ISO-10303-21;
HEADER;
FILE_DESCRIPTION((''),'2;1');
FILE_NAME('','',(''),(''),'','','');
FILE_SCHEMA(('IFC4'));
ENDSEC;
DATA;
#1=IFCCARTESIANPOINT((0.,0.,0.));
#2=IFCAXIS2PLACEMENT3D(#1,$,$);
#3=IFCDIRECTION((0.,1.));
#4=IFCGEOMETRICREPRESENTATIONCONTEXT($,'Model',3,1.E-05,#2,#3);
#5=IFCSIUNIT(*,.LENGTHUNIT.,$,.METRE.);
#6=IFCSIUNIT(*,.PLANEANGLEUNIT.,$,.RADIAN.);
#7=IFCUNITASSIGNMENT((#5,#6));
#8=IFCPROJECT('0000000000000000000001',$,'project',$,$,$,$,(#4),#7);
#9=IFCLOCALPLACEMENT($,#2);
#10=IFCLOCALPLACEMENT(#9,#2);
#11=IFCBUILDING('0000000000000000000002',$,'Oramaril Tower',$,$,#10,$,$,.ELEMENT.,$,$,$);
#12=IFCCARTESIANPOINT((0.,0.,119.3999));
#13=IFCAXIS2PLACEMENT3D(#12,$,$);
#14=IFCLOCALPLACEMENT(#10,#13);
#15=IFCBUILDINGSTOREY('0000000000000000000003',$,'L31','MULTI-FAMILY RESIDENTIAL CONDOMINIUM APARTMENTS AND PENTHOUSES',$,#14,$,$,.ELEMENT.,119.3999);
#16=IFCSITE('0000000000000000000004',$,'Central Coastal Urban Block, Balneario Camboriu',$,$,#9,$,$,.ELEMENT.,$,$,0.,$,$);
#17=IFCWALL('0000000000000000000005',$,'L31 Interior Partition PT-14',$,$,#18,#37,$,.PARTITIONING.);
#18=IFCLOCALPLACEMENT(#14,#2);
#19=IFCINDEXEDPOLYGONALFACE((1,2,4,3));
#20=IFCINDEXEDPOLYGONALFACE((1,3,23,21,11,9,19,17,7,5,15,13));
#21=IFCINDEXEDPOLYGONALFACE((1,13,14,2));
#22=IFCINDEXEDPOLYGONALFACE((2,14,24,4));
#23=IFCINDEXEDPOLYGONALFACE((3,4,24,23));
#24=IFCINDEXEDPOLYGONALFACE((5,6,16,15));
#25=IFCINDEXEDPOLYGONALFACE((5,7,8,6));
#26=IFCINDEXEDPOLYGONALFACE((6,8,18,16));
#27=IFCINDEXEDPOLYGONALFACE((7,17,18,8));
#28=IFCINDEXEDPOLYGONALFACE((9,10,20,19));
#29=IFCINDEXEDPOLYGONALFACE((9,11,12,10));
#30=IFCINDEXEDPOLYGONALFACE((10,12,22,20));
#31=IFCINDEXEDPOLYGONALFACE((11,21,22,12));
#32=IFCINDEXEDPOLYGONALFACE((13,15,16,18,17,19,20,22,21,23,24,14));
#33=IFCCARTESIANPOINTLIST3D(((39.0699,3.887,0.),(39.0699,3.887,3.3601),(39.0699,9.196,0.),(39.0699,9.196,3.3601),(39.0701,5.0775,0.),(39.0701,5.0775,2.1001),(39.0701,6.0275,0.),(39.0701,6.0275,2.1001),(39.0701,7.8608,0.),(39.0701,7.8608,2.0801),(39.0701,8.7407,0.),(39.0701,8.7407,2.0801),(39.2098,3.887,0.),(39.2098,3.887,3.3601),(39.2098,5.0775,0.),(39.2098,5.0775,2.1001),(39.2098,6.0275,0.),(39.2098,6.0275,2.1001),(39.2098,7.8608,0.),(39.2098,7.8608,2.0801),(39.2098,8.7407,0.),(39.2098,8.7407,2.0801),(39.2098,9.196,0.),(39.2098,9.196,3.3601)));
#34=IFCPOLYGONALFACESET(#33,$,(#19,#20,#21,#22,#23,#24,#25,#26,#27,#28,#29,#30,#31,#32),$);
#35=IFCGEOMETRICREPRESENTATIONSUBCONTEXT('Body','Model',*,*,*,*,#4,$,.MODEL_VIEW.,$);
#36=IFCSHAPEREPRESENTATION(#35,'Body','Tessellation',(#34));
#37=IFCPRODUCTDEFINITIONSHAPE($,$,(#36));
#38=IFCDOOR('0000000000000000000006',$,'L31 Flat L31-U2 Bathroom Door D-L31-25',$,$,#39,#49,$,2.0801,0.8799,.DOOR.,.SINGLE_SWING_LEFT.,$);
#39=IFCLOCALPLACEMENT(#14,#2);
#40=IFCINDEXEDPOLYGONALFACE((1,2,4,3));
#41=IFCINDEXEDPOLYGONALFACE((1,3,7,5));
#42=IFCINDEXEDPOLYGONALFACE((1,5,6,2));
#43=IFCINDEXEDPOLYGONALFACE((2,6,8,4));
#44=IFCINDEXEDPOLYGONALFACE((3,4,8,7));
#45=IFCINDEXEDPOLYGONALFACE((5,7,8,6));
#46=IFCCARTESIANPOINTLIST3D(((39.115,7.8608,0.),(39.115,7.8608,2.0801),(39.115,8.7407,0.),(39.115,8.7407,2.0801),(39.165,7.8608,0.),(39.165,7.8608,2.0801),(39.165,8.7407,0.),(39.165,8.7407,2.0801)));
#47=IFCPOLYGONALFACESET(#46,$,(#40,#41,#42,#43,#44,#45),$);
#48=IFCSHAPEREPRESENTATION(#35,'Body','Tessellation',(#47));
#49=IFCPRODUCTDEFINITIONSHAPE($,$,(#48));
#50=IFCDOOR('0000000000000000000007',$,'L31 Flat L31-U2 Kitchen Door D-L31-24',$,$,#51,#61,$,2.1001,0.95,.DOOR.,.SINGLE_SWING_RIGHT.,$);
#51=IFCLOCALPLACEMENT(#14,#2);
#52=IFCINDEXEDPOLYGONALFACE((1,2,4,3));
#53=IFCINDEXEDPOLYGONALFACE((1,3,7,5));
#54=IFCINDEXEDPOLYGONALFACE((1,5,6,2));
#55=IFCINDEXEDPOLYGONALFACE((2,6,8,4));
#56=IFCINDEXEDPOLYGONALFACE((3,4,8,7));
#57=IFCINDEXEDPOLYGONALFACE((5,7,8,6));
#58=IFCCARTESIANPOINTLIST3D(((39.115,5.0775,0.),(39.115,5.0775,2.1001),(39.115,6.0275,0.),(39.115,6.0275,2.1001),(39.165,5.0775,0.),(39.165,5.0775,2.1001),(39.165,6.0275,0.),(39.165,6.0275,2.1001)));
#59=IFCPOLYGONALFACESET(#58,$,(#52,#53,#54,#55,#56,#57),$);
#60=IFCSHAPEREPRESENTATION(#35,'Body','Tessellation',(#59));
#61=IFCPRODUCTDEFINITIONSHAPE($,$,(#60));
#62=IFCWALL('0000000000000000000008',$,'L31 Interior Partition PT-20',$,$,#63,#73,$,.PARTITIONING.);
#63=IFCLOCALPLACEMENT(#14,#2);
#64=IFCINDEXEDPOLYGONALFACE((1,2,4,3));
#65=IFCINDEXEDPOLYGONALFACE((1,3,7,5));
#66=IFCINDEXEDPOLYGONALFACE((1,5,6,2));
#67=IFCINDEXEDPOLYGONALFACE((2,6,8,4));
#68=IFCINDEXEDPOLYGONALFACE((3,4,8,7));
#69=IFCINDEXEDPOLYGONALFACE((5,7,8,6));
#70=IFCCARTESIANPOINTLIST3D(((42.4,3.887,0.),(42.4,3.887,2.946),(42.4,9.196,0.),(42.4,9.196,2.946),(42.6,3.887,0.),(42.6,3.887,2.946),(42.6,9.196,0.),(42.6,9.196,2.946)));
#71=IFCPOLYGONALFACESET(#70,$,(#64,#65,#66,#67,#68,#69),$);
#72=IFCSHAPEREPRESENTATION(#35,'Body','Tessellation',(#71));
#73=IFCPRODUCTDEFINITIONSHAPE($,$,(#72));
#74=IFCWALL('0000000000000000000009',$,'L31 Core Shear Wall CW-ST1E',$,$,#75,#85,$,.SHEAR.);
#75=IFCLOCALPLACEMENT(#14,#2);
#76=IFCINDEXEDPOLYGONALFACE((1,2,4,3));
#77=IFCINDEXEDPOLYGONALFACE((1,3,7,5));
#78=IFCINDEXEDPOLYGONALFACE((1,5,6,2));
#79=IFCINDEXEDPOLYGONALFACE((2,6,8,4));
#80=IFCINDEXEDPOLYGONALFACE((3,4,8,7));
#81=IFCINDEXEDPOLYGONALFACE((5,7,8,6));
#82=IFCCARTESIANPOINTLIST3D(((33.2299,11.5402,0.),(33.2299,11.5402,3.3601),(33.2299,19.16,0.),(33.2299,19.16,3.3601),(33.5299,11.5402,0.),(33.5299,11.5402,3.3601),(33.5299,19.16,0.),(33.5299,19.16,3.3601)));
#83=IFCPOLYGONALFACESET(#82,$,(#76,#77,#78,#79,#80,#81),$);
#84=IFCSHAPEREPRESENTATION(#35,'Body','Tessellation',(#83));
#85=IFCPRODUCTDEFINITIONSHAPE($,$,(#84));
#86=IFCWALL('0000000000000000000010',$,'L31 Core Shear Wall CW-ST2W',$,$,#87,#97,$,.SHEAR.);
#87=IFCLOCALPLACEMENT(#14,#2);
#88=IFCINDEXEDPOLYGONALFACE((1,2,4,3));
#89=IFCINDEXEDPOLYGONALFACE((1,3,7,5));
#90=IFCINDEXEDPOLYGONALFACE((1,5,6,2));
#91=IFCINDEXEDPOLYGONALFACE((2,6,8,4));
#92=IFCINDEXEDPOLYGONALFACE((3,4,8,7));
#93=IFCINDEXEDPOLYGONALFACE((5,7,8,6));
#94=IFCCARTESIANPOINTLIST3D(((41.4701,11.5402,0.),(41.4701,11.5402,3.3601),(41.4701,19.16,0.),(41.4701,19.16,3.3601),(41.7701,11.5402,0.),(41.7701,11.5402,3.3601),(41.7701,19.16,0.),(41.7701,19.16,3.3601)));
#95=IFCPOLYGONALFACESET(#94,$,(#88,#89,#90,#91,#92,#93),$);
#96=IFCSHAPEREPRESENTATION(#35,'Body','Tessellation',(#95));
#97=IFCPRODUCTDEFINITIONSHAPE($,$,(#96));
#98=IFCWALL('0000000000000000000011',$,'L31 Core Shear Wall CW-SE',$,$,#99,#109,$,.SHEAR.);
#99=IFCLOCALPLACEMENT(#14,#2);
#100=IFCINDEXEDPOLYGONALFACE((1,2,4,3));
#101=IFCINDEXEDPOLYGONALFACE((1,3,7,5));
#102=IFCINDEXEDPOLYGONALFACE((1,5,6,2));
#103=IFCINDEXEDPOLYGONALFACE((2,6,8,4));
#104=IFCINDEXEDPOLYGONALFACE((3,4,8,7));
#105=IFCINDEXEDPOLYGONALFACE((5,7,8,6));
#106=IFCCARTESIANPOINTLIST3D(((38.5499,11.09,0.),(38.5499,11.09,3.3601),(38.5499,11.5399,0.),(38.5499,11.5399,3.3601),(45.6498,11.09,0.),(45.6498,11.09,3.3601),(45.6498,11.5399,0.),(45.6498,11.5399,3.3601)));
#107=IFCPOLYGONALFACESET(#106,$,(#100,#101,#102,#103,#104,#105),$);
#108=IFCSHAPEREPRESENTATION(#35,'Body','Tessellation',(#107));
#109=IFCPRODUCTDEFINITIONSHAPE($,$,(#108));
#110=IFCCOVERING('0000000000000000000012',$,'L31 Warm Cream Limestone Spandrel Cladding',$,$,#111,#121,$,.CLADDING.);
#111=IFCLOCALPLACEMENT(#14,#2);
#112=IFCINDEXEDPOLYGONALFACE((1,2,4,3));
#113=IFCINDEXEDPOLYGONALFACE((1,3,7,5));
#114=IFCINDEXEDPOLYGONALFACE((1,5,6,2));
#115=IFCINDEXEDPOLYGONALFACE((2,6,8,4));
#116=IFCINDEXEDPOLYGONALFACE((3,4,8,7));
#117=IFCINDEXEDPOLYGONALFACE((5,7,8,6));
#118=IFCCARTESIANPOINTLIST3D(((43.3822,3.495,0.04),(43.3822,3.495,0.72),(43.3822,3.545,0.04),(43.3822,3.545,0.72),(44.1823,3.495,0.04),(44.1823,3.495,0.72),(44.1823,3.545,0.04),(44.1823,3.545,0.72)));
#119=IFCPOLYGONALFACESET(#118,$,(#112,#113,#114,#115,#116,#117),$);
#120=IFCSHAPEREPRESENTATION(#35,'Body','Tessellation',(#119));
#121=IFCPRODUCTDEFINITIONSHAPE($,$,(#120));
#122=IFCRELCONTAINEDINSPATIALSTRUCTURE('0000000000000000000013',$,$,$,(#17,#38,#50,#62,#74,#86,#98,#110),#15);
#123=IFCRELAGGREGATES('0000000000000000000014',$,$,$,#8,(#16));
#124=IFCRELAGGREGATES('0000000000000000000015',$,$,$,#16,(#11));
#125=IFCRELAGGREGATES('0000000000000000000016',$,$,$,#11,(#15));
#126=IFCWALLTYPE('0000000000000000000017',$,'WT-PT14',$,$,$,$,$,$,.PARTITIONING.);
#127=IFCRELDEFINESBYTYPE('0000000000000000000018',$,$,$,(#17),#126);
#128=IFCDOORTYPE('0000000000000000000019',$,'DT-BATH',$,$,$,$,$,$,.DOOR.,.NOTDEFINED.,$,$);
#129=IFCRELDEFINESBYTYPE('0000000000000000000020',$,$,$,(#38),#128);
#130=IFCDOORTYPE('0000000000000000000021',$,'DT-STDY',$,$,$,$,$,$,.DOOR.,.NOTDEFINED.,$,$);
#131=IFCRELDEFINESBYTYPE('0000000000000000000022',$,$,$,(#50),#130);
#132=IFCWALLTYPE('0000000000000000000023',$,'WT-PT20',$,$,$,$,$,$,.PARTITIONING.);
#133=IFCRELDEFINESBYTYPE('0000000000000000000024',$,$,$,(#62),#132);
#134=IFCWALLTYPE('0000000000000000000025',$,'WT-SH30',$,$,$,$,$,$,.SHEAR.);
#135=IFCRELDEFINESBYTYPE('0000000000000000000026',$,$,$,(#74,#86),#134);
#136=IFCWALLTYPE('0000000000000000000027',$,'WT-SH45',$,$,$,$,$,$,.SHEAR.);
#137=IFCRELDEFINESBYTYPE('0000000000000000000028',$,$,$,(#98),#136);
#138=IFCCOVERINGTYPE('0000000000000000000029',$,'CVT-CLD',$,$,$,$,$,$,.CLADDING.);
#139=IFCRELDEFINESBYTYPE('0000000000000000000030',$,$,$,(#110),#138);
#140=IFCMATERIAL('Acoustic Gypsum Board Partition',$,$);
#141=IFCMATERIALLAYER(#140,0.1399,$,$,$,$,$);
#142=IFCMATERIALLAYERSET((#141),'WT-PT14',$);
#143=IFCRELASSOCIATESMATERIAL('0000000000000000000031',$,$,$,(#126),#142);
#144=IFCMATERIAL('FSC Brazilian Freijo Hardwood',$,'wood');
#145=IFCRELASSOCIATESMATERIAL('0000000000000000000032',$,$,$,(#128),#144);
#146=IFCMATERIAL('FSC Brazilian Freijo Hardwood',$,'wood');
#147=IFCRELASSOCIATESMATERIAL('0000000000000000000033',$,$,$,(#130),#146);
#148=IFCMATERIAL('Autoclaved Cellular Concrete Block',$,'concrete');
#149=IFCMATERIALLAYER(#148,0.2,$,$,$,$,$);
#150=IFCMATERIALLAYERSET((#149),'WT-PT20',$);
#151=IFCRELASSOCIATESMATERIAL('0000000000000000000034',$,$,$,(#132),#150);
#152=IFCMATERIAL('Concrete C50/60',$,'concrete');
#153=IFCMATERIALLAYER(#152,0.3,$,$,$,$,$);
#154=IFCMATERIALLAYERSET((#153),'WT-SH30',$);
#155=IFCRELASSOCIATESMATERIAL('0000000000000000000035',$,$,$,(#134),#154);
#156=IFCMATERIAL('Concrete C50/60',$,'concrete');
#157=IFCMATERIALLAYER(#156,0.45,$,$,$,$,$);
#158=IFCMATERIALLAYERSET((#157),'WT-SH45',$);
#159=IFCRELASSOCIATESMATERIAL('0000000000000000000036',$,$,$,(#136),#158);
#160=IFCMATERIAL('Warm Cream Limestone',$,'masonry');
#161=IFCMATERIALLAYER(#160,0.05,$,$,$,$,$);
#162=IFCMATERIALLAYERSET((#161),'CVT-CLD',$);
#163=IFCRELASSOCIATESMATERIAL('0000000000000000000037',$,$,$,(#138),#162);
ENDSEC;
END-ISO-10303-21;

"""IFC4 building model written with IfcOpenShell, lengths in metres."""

from ifc_helpers import new_model, si_unit, direction, frame, frame_2d, origin, origin_2d, place, context, subcontext, project, spatial, rectangle, extrude, material, layer, layer_set, type_object, element, fill, save


model = new_model("IFC4")

# Units and contexts
model_context = context("Model", 3, precision=1e-05, world=origin(), true_north=direction((0.0, 1.0)))
body_context = subcontext(model_context, "Body", "Model", "MODEL_VIEW")
ifc_project = project(units=[si_unit("LENGTHUNIT", "METRE"), si_unit("PLANEANGLEUNIT", "RADIAN")], contexts=[model_context])

# Site, building, storey
site_placement = place(None, origin())
site = spatial("IfcSite", under=ifc_project, at=site_placement, Name="Central Coastal Urban Block, Balneario Camboriu", CompositionType="ELEMENT", RefElevation=0.0)
building_placement = place(site_placement, origin())
building = spatial("IfcBuilding", under=site, at=building_placement, Name="Oramaril Tower", CompositionType="ELEMENT")
storey_placement = place(building_placement, frame((0.0, 0.0, 119.3999)))
storey = spatial("IfcBuildingStorey", under=building, at=storey_placement, Name="L31", Description="MULTI-FAMILY RESIDENTIAL CONDOMINIUM APARTMENTS AND PENTHOUSES", CompositionType="ELEMENT", Elevation=119.3999)

# Shared definitions
ifc_material_1 = material(Name="Acoustic Gypsum Board Partition")
ifc_layer_1 = layer(ifc_material_1, 0.1399)
ifc_layer_set_1 = layer_set([ifc_layer_1], Name="WT-PT14")
wall_type_1 = type_object("IfcWallType", Name="WT-PT14", PredefinedType="PARTITIONING", material=ifc_layer_set_1)

# Wall, openings, doors
wall_1_placement = place(storey_placement, frame((39.1399, 3.887, 0.0), z_axis=(0.0, 0.0, 1.0), x_axis=(0.0, 1.0, 0.0)))
wall_1 = element("IfcWall", 1, at=wall_1_placement, inside=storey, type_object=wall_type_1, Name="L31 Interior Partition PT-14", PredefinedType="PARTITIONING", context=body_context, shape_type="SweptSolid", body=[
    extrude(rectangle(XDim=5.3091, YDim=0.1399, at=frame_2d((2.6545, 0.0))), origin(), (0.0, 0.0, 1.0), 3.3601),
])
opening_1_placement = place(wall_1_placement, frame((1.1904, 0.0, 0.0)))
opening_1 = element("IfcOpeningElement", 2, at=opening_1_placement, cuts=wall_1, PredefinedType="OPENING", context=body_context, shape_type="SweptSolid", body=[
    extrude(rectangle(XDim=0.95, YDim=2.1001, at=frame_2d((0.4751, 1.05))), frame((0.0, 0.0698, 0.0), z_axis=(0.0, -1.0, 0.0), x_axis=(1.0, 0.0, 0.0)), (0.0, 0.0, 1.0), 0.1399),
])
opening_2_placement = place(wall_1_placement, frame((3.9739, 0.0, 0.0)))
opening_2 = element("IfcOpeningElement", 3, at=opening_2_placement, cuts=wall_1, PredefinedType="OPENING", context=body_context, shape_type="SweptSolid", body=[
    extrude(rectangle(XDim=0.8799, YDim=2.0801, at=frame_2d((0.4399, 1.04))), frame((0.0, 0.0698, 0.0), z_axis=(0.0, -1.0, 0.0), x_axis=(1.0, 0.0, 0.0)), (0.0, 0.0, 1.0), 0.1399),
])
ifc_material_2 = material(Name="FSC Brazilian Freijo Hardwood", Category="wood")
door_type_1 = type_object("IfcDoorType", Name="DT-BATH", OperationType="NOTDEFINED", PredefinedType="DOOR", material=ifc_material_2)
door_1_placement = place(opening_2_placement, origin())
door_1 = element("IfcDoor", 4, at=door_1_placement, inside=storey, type_object=door_type_1, Name="L31 Flat L31-U2 Bathroom Door D-L31-25", OperationType="SINGLE_SWING_LEFT", OverallHeight=2.0801, OverallWidth=0.8799, PredefinedType="DOOR", context=body_context, shape_type="SweptSolid", body=[
    extrude(rectangle(XDim=0.8799, YDim=2.0801, at=frame_2d((0.4399, 1.04))), frame((0.0, 0.0249, 0.0), z_axis=(0.0, -1.0, 0.0), x_axis=(1.0, 0.0, 0.0)), (0.0, 0.0, 1.0), 0.05),
])
fill(opening_2, door_1)
ifc_material_3 = material(Name="FSC Brazilian Freijo Hardwood", Category="wood")
door_type_2 = type_object("IfcDoorType", Name="DT-STDY", OperationType="NOTDEFINED", PredefinedType="DOOR", material=ifc_material_3)
door_2_placement = place(opening_1_placement, origin())
door_2 = element("IfcDoor", 5, at=door_2_placement, inside=storey, type_object=door_type_2, Name="L31 Flat L31-U2 Kitchen Door D-L31-24", OperationType="SINGLE_SWING_RIGHT", OverallHeight=2.1001, OverallWidth=0.95, PredefinedType="DOOR", context=body_context, shape_type="SweptSolid", body=[
    extrude(rectangle(XDim=0.95, YDim=2.1001, at=frame_2d((0.4751, 1.05))), frame((0.0, 0.0249, 0.0), z_axis=(0.0, -1.0, 0.0), x_axis=(1.0, 0.0, 0.0)), (0.0, 0.0, 1.0), 0.05),
])
fill(opening_1, door_2)

# Walls
ifc_material_4 = material(Name="Autoclaved Cellular Concrete Block", Category="concrete")
ifc_layer_2 = layer(ifc_material_4, 0.2)
ifc_layer_set_2 = layer_set([ifc_layer_2], Name="WT-PT20")
wall_type_2 = type_object("IfcWallType", Name="WT-PT20", PredefinedType="PARTITIONING", material=ifc_layer_set_2)
wall_2_placement = place(storey_placement, frame((42.5, 3.887, 0.0), z_axis=(0.0, 0.0, 1.0), x_axis=(0.0, 1.0, 0.0)))
element("IfcWall", 6, at=wall_2_placement, inside=storey, type_object=wall_type_2, Name="L31 Interior Partition PT-20", PredefinedType="PARTITIONING", context=body_context, shape_type="SweptSolid", body=[
    extrude(rectangle(XDim=5.3091, YDim=0.2, at=frame_2d((2.6545, 0.0))), origin(), (0.0, 0.0, 1.0), 2.946),
])
ifc_material_5 = material(Name="Concrete C50/60", Category="concrete")
ifc_layer_3 = layer(ifc_material_5, 0.3)
ifc_layer_set_3 = layer_set([ifc_layer_3], Name="WT-SH30")
wall_type_3 = type_object("IfcWallType", Name="WT-SH30", PredefinedType="SHEAR", material=ifc_layer_set_3)
for number, where, z_axis, x_axis, name in (
    (7, (33.3799, 11.54, 0.0), (0.0, 0.0, 1.0), (0.0, 1.0, 0.0), "L31 Core Shear Wall CW-ST1E"),
    (8, (41.6201, 11.54, 0.0), (0.0, 0.0, 1.0), (0.0, 1.0, 0.0), "L31 Core Shear Wall CW-ST2W"),
):
    element("IfcWall", number, at=place(storey_placement, frame(where, z_axis=z_axis, x_axis=x_axis)), inside=storey, type_object=wall_type_3, Name=name, PredefinedType="SHEAR", context=body_context, shape_type="SweptSolid", body=[
        extrude(rectangle(XDim=7.6199, YDim=0.3, at=frame_2d((3.8101, 0.0))), origin(), (0.0, 0.0, 1.0), 3.3601),
    ])
ifc_material_6 = material(Name="Concrete C50/60", Category="concrete")
ifc_layer_4 = layer(ifc_material_6, 0.45)
ifc_layer_set_4 = layer_set([ifc_layer_4], Name="WT-SH45")
wall_type_4 = type_object("IfcWallType", Name="WT-SH45", PredefinedType="SHEAR", material=ifc_layer_set_4)
wall_3_placement = place(storey_placement, frame((38.55, 11.3149, 0.0), z_axis=(0.0, 0.0, 1.0), x_axis=(1.0, 0.0, 0.0)))
element("IfcWall", 9, at=wall_3_placement, inside=storey, type_object=wall_type_4, Name="L31 Core Shear Wall CW-SE", PredefinedType="SHEAR", context=body_context, shape_type="SweptSolid", body=[
    extrude(rectangle(XDim=7.0999, YDim=0.45, at=frame_2d((3.5498, 0.0))), origin(), (0.0, 0.0, 1.0), 3.3601),
])

# Covering
ifc_material_7 = material(Name="Warm Cream Limestone", Category="masonry")
ifc_layer_5 = layer(ifc_material_7, 0.05)
ifc_layer_set_5 = layer_set([ifc_layer_5], Name="CVT-CLD")
covering_type = type_object("IfcCoveringType", Name="CVT-CLD", PredefinedType="CLADDING", material=ifc_layer_set_5)
covering_placement = place(storey_placement, frame((43.7822, 3.52, 0.04), z_axis=(0.0, 0.0, 1.0), x_axis=(1.0, 0.0, 0.0)))
element("IfcCovering", 10, at=covering_placement, inside=storey, type_object=covering_type, Name="L31 Warm Cream Limestone Spandrel Cladding", PredefinedType="CLADDING", context=body_context, shape_type="SweptSolid", body=[
    extrude(rectangle(XDim=0.8, YDim=0.05, at=origin_2d()), origin(), (0.0, 0.0, 1.0), 0.6799),
])

save(model, "model.ifc")
